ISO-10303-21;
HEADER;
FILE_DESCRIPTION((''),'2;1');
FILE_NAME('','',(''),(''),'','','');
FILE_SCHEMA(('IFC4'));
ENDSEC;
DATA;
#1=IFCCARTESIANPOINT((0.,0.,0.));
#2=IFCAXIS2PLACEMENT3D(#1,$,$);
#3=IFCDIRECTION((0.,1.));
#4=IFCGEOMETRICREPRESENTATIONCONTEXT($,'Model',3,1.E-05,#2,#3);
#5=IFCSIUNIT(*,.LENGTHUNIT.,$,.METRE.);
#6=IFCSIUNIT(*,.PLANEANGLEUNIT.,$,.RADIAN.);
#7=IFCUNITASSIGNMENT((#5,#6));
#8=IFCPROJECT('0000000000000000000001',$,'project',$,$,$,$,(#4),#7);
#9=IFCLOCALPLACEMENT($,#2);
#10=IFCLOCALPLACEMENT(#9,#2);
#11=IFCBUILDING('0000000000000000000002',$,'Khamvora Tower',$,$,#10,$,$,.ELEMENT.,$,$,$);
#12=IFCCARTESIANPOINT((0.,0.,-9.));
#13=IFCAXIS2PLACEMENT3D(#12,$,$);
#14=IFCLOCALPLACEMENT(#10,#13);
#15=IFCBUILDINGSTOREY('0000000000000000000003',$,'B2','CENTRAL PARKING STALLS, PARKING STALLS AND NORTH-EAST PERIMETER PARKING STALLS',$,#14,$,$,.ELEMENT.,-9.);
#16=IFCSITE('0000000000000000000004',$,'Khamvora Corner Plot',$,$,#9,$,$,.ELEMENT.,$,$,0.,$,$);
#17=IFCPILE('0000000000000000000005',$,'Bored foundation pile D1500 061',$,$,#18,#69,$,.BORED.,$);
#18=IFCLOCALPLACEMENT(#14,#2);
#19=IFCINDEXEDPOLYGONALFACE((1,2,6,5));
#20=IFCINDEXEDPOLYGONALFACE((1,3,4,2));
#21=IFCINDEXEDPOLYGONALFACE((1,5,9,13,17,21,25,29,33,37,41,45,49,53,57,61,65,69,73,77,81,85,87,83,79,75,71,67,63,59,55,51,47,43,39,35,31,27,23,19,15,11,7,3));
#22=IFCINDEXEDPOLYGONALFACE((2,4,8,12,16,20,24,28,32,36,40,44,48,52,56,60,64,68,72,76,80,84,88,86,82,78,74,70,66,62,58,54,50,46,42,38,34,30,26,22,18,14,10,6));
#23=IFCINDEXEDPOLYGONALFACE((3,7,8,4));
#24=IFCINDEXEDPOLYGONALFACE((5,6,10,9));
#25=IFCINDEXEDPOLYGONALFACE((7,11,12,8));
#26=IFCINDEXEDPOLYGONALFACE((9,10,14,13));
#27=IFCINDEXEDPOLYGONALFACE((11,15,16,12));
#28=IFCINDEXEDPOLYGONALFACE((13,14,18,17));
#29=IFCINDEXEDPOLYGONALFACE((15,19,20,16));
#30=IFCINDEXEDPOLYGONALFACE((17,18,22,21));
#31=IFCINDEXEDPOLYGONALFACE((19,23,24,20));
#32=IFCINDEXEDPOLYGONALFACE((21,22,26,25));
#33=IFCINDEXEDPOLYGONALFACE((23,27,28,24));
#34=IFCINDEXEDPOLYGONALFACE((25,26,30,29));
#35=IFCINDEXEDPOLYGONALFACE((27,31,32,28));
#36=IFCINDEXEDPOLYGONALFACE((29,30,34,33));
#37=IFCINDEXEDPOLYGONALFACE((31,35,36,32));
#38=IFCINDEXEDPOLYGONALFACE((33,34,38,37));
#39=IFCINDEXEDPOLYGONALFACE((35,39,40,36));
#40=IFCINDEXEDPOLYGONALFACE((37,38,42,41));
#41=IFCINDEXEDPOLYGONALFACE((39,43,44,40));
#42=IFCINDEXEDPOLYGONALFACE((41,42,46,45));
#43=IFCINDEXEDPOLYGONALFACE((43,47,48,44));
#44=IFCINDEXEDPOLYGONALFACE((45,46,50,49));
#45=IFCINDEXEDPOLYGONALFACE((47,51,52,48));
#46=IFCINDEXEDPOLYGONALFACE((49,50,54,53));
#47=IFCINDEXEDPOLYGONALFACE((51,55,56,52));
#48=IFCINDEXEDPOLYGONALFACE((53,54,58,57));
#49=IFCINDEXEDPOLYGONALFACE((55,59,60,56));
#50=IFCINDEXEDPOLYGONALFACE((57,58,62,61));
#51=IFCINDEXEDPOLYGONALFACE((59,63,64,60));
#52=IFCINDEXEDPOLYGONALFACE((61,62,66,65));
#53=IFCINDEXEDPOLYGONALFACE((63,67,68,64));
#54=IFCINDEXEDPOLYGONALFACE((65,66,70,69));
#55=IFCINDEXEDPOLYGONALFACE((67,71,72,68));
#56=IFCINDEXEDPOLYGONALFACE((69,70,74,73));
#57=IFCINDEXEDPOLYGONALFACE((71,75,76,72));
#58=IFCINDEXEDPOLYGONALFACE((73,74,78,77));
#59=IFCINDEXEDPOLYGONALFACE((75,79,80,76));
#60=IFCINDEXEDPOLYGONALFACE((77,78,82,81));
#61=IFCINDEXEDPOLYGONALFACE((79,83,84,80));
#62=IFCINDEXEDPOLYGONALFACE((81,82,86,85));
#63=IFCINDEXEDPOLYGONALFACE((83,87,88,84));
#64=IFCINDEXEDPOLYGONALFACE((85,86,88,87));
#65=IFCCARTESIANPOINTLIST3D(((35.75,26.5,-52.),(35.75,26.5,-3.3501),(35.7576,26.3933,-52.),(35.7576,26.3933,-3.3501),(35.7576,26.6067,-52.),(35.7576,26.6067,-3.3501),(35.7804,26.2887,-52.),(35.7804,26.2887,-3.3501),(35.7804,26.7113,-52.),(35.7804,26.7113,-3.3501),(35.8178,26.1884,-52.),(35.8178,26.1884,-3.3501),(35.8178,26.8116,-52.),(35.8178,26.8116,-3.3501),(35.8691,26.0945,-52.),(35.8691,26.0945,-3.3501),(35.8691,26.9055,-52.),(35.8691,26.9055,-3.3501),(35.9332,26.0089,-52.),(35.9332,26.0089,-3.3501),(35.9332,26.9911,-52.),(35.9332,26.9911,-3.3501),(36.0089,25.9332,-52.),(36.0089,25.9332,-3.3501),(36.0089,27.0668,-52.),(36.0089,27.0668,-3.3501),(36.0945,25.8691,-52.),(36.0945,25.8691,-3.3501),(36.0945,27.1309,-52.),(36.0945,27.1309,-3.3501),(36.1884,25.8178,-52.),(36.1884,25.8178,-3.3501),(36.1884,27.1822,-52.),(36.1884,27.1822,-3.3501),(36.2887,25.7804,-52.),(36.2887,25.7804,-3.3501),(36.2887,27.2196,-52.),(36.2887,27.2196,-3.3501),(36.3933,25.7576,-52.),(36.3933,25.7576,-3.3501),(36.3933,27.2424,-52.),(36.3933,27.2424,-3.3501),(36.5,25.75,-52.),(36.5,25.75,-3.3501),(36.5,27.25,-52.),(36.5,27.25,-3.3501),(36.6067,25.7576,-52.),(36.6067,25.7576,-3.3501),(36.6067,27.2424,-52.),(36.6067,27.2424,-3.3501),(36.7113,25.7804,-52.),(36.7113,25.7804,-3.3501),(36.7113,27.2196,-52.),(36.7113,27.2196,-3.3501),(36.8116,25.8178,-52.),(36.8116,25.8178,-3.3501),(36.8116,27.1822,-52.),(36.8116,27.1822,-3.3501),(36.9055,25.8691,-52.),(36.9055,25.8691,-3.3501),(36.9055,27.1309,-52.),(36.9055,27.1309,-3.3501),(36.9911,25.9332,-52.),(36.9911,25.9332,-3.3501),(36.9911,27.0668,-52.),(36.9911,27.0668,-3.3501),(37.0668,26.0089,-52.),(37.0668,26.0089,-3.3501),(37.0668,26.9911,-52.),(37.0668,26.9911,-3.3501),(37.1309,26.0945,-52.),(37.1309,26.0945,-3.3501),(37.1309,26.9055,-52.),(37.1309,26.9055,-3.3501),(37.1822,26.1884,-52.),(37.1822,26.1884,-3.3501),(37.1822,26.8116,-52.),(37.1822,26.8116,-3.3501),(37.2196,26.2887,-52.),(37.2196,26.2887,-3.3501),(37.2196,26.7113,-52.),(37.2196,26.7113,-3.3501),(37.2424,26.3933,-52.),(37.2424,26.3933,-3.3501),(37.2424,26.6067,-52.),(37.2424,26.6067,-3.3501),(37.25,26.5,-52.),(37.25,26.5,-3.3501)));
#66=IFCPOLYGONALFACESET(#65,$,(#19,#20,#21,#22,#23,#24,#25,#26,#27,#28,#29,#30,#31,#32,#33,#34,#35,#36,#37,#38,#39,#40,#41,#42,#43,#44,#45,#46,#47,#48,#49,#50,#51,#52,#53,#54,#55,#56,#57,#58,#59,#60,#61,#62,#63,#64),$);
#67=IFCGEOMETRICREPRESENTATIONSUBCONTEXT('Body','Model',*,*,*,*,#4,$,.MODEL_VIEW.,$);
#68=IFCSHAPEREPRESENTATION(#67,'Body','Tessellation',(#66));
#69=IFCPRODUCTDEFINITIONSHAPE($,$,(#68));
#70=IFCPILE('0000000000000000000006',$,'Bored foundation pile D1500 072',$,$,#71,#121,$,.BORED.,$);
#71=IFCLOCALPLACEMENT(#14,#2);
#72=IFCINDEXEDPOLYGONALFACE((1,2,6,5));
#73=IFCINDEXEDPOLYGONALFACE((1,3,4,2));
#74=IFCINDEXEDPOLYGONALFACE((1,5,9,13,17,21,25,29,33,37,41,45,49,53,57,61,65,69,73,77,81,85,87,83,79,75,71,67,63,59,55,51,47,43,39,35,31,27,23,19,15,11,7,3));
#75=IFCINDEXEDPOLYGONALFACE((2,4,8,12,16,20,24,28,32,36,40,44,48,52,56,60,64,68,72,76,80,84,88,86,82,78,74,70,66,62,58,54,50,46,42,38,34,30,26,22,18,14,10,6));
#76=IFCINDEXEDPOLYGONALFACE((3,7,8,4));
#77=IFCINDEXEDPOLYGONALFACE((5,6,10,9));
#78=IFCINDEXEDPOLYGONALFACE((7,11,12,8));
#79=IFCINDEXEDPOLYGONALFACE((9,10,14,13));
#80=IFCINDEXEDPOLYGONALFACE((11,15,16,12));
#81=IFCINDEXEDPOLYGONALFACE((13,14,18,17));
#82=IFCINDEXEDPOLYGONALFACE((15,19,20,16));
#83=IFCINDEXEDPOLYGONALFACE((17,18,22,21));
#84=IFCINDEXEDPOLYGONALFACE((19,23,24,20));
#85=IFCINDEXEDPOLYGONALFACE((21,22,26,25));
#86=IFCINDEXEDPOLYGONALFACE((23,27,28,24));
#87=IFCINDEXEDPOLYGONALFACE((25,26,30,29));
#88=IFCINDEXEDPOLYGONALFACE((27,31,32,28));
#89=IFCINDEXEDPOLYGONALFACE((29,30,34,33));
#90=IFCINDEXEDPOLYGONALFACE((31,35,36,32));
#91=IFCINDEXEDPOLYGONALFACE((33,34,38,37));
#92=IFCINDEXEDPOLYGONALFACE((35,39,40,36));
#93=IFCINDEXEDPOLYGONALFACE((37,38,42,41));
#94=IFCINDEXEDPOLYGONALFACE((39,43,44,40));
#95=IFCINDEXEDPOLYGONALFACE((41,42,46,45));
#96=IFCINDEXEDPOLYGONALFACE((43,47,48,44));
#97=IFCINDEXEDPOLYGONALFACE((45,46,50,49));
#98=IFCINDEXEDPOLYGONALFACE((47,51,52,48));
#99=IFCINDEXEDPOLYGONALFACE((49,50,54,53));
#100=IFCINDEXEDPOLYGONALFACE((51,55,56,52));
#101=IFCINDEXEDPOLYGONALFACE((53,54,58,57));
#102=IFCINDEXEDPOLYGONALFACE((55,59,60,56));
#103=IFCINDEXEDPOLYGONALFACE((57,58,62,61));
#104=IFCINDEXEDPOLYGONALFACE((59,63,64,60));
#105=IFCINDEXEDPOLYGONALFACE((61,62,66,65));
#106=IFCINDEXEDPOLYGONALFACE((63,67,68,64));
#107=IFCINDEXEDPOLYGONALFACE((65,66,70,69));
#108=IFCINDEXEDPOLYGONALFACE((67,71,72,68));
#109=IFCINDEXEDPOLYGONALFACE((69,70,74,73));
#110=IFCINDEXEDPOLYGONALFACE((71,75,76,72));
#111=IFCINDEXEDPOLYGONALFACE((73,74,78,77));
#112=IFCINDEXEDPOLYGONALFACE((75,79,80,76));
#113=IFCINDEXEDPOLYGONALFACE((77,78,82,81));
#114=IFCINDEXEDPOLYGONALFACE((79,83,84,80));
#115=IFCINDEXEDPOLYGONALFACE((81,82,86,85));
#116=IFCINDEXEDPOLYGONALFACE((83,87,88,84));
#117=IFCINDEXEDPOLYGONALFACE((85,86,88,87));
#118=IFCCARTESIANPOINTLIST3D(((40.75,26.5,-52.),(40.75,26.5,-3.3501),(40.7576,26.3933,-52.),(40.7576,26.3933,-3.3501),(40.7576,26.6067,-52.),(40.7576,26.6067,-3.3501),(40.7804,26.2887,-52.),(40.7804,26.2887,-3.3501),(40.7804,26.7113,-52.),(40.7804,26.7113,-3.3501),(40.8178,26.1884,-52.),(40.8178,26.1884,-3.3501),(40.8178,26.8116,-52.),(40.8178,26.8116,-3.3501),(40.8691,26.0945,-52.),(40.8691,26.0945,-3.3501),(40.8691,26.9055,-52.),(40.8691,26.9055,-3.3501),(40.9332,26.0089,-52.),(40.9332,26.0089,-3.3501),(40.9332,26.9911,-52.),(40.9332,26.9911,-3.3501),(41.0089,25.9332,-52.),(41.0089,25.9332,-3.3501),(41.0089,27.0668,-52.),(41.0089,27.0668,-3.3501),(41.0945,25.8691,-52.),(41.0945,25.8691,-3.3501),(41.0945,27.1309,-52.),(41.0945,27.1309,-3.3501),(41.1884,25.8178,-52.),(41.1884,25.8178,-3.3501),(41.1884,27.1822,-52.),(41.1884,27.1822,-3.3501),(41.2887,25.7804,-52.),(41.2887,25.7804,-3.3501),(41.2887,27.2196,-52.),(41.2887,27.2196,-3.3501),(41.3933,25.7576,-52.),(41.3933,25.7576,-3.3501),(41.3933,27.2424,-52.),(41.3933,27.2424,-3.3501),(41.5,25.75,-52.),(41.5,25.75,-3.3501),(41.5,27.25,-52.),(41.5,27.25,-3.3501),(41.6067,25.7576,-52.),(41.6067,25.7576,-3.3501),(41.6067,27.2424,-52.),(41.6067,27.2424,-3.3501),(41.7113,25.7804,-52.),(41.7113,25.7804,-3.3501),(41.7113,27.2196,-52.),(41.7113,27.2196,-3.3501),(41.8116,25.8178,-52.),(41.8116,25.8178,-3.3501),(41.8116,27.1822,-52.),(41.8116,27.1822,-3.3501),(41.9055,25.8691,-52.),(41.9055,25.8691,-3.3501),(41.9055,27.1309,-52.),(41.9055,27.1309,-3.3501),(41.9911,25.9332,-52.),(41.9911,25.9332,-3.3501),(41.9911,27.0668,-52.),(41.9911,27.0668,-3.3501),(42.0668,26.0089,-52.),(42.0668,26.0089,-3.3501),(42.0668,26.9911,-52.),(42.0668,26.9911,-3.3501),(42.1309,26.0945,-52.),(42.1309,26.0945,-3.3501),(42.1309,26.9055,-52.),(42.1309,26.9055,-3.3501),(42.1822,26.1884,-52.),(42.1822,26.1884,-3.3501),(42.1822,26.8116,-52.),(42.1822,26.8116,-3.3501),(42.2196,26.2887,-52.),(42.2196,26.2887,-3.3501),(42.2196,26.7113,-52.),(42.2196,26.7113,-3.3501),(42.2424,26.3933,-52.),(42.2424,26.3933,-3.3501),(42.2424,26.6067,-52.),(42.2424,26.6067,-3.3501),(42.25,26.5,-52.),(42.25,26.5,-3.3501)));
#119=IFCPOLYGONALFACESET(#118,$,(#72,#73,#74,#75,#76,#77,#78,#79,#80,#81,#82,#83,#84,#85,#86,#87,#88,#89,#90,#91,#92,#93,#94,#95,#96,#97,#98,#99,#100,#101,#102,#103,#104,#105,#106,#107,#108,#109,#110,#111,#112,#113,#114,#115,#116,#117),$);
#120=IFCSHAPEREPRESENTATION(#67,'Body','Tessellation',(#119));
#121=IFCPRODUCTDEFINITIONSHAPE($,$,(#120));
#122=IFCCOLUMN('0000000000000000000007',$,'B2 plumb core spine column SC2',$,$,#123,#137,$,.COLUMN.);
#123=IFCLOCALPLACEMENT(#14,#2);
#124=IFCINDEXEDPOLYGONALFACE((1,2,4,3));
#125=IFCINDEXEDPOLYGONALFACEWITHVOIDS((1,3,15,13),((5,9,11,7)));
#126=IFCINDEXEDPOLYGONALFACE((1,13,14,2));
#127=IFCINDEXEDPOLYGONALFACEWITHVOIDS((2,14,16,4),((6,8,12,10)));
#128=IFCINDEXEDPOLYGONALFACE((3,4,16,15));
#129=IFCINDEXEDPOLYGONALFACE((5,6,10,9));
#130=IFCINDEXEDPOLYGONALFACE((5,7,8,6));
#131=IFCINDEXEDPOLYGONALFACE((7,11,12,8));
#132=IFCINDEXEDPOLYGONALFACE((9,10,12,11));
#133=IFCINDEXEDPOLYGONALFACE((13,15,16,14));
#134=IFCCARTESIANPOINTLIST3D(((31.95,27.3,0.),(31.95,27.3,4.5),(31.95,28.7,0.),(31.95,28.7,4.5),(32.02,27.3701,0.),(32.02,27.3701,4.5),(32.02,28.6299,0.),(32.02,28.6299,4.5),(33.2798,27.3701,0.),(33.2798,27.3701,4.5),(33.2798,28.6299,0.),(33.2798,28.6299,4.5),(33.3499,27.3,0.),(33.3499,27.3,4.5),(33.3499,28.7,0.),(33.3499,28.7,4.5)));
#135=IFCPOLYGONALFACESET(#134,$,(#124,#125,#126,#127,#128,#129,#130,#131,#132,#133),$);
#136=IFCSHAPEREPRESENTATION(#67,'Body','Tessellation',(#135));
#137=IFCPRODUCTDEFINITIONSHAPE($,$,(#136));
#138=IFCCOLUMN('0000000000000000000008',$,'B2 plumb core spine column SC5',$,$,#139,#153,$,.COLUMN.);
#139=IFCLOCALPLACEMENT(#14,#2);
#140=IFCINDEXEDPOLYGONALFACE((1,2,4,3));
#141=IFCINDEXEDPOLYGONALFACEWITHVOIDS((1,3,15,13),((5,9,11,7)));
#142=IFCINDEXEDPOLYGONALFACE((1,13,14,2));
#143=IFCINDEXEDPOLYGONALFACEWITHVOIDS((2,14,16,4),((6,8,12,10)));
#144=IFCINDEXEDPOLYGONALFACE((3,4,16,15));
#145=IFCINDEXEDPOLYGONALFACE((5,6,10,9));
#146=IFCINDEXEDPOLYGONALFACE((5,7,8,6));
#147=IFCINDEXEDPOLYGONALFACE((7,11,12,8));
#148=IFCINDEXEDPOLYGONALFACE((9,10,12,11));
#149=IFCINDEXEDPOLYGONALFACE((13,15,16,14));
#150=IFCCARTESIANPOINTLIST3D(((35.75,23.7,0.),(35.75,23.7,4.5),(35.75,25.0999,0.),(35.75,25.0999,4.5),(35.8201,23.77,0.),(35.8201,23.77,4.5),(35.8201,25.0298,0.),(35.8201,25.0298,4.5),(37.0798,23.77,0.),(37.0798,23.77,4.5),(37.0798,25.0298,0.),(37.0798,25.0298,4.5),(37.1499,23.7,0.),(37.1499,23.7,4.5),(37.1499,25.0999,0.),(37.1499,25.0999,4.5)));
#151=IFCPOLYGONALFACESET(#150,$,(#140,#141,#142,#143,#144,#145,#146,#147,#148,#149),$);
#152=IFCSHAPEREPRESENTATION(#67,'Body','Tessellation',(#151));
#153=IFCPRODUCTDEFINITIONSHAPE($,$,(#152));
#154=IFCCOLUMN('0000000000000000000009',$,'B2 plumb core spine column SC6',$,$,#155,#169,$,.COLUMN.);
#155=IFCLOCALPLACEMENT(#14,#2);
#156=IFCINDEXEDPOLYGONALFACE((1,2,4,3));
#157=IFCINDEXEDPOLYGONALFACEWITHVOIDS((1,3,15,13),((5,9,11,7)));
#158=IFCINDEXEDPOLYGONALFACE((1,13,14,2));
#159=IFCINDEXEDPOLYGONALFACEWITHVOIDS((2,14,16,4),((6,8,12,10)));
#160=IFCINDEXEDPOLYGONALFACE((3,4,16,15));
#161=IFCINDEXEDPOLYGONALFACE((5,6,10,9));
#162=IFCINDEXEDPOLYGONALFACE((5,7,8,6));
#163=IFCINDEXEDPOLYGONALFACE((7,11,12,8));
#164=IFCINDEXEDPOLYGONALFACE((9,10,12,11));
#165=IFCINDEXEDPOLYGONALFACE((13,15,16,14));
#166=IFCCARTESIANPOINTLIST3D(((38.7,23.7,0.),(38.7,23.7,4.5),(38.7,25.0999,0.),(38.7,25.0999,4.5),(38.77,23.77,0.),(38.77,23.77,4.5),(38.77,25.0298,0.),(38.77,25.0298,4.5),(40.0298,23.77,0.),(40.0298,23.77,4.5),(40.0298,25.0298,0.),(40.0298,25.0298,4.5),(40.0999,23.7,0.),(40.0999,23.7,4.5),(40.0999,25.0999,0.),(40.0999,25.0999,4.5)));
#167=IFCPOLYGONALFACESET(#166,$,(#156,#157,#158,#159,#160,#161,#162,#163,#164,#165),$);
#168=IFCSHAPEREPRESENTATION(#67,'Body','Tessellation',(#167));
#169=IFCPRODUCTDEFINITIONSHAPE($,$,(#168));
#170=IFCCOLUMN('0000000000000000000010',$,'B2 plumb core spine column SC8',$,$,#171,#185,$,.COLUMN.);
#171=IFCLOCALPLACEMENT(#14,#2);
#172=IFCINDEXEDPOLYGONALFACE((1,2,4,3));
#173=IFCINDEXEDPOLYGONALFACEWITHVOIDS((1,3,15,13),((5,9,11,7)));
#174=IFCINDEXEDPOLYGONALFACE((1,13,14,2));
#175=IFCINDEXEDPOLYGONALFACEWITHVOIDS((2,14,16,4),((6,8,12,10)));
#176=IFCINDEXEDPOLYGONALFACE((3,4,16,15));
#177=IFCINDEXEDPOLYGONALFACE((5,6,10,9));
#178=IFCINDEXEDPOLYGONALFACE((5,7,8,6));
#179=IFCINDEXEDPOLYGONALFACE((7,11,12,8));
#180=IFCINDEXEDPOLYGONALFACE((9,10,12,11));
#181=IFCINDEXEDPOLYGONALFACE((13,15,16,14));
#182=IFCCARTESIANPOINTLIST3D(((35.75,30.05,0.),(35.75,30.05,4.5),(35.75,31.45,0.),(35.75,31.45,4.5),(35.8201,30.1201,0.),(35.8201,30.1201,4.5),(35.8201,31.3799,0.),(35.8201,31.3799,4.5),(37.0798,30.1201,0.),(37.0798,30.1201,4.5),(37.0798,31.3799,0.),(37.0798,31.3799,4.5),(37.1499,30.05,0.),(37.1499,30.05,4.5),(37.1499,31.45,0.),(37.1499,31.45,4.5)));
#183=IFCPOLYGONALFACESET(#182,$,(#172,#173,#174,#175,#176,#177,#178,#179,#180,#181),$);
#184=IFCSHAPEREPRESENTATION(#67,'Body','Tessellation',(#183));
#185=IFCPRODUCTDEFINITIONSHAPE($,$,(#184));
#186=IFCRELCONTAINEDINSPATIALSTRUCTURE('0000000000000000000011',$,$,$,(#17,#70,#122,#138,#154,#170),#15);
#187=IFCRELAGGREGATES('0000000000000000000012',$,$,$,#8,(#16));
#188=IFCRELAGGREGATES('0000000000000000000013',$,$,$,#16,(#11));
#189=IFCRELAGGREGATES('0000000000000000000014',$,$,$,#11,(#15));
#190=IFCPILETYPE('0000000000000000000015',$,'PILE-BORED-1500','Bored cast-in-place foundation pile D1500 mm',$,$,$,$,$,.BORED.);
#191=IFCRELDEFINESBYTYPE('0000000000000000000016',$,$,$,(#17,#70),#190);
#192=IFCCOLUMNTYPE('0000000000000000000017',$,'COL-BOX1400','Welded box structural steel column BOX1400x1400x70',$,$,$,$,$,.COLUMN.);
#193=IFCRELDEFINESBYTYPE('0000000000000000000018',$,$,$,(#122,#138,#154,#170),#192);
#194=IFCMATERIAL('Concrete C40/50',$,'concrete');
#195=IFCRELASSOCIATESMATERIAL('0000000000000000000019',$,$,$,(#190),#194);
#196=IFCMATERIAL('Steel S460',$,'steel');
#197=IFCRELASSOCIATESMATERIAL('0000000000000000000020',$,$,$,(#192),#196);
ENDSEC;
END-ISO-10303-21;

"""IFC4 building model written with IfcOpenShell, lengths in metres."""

from ifc_helpers import new_model, si_unit, direction, frame, origin, origin_2d, place, context, subcontext, project, spatial, hollow_rectangle, circle, extrude, material, material_profile, profile_set, type_object, element, save


model = new_model("IFC4")

# Units and contexts
model_context = context("Model", 3, precision=1e-05, world=origin(), true_north=direction((0.0, 1.0)))
body_context = subcontext(model_context, "Body", "Model", "MODEL_VIEW")
ifc_project = project(units=[si_unit("LENGTHUNIT", "METRE"), si_unit("PLANEANGLEUNIT", "RADIAN")], contexts=[model_context])

# Site, building, storey
site_placement = place(None, origin())
site = spatial("IfcSite", under=ifc_project, at=site_placement, Name="Khamvora Corner Plot", CompositionType="ELEMENT", RefElevation=0.0)
building_placement = place(site_placement, origin())
building = spatial("IfcBuilding", under=site, at=building_placement, Name="Khamvora Tower", CompositionType="ELEMENT")
storey_placement = place(building_placement, frame((0.0, 0.0, -9.0)))
storey = spatial("IfcBuildingStorey", under=building, at=storey_placement, Name="B2", Description="CENTRAL PARKING STALLS, PARKING STALLS AND NORTH-EAST PERIMETER PARKING STALLS", CompositionType="ELEMENT", Elevation=-9.0)

# Piles
ifc_material_1 = material(Name="Concrete C40/50", Category="concrete")
ifc_material_profile_1 = material_profile(ifc_material_1, circle(Radius=0.75, at=origin_2d()), Name="PILE_D1500")
ifc_profile_set_1 = profile_set([ifc_material_profile_1], Name="Concrete C40/50")
pile_type = type_object("IfcPileType", Name="PILE-BORED-1500", Description="Bored cast-in-place foundation pile D1500 mm", PredefinedType="BORED", material=ifc_profile_set_1)
for number, where, z_axis, x_axis, name in (
    (1, (36.5, 26.5, -3.3501), (0.0, 0.0, -1.0), (1.0, 0.0, 0.0), "Bored foundation pile D1500 061"),
    (2, (41.5, 26.5, -3.3501), (0.0, 0.0, -1.0), (1.0, 0.0, 0.0), "Bored foundation pile D1500 072"),
):
    element("IfcPile", number, at=place(storey_placement, frame(where, z_axis=z_axis, x_axis=x_axis)), inside=storey, type_object=pile_type, Name=name, PredefinedType="BORED", context=body_context, shape_type="SweptSolid", body=[
        extrude(circle(Radius=0.75, at=origin_2d()), origin(), (0.0, 0.0, 1.0), 48.6499),
    ])

# Columns
ifc_material_2 = material(Name="Steel S460", Category="steel")
ifc_material_profile_2 = material_profile(ifc_material_2, hollow_rectangle(XDim=1.3999, YDim=1.3999, WallThickness=0.0701, at=origin_2d()), Name="BOX1400x1400x70")
ifc_profile_set_2 = profile_set([ifc_material_profile_2], Name="Steel S460")
column_type = type_object("IfcColumnType", Name="COL-BOX1400", Description="Welded box structural steel column BOX1400x1400x70", PredefinedType="COLUMN", material=ifc_profile_set_2)
for number, where, z_axis, x_axis, name in (
    (3, (32.6499, 28.0, 0.0), (0.0, 0.0, 1.0), (1.0, 0.0, 0.0), "B2 plumb core spine column SC2"),
    (4, (36.45, 24.3999, 0.0), (0.0, 0.0, 1.0), (1.0, 0.0, 0.0), "B2 plumb core spine column SC5"),
    (5, (39.3999, 24.3999, 0.0), (0.0, 0.0, 1.0), (1.0, 0.0, 0.0), "B2 plumb core spine column SC6"),
    (6, (36.45, 30.75, 0.0), (0.0, 0.0, 1.0), (1.0, 0.0, 0.0), "B2 plumb core spine column SC8"),
):
    element("IfcColumn", number, at=place(storey_placement, frame(where, z_axis=z_axis, x_axis=x_axis)), inside=storey, type_object=column_type, Name=name, PredefinedType="COLUMN", context=body_context, shape_type="SweptSolid", body=[
        extrude(hollow_rectangle(XDim=1.3999, YDim=1.3999, WallThickness=0.0701, at=origin_2d()), origin(), (0.0, 0.0, 1.0), 4.5),
    ])

save(model, "model.ifc")
